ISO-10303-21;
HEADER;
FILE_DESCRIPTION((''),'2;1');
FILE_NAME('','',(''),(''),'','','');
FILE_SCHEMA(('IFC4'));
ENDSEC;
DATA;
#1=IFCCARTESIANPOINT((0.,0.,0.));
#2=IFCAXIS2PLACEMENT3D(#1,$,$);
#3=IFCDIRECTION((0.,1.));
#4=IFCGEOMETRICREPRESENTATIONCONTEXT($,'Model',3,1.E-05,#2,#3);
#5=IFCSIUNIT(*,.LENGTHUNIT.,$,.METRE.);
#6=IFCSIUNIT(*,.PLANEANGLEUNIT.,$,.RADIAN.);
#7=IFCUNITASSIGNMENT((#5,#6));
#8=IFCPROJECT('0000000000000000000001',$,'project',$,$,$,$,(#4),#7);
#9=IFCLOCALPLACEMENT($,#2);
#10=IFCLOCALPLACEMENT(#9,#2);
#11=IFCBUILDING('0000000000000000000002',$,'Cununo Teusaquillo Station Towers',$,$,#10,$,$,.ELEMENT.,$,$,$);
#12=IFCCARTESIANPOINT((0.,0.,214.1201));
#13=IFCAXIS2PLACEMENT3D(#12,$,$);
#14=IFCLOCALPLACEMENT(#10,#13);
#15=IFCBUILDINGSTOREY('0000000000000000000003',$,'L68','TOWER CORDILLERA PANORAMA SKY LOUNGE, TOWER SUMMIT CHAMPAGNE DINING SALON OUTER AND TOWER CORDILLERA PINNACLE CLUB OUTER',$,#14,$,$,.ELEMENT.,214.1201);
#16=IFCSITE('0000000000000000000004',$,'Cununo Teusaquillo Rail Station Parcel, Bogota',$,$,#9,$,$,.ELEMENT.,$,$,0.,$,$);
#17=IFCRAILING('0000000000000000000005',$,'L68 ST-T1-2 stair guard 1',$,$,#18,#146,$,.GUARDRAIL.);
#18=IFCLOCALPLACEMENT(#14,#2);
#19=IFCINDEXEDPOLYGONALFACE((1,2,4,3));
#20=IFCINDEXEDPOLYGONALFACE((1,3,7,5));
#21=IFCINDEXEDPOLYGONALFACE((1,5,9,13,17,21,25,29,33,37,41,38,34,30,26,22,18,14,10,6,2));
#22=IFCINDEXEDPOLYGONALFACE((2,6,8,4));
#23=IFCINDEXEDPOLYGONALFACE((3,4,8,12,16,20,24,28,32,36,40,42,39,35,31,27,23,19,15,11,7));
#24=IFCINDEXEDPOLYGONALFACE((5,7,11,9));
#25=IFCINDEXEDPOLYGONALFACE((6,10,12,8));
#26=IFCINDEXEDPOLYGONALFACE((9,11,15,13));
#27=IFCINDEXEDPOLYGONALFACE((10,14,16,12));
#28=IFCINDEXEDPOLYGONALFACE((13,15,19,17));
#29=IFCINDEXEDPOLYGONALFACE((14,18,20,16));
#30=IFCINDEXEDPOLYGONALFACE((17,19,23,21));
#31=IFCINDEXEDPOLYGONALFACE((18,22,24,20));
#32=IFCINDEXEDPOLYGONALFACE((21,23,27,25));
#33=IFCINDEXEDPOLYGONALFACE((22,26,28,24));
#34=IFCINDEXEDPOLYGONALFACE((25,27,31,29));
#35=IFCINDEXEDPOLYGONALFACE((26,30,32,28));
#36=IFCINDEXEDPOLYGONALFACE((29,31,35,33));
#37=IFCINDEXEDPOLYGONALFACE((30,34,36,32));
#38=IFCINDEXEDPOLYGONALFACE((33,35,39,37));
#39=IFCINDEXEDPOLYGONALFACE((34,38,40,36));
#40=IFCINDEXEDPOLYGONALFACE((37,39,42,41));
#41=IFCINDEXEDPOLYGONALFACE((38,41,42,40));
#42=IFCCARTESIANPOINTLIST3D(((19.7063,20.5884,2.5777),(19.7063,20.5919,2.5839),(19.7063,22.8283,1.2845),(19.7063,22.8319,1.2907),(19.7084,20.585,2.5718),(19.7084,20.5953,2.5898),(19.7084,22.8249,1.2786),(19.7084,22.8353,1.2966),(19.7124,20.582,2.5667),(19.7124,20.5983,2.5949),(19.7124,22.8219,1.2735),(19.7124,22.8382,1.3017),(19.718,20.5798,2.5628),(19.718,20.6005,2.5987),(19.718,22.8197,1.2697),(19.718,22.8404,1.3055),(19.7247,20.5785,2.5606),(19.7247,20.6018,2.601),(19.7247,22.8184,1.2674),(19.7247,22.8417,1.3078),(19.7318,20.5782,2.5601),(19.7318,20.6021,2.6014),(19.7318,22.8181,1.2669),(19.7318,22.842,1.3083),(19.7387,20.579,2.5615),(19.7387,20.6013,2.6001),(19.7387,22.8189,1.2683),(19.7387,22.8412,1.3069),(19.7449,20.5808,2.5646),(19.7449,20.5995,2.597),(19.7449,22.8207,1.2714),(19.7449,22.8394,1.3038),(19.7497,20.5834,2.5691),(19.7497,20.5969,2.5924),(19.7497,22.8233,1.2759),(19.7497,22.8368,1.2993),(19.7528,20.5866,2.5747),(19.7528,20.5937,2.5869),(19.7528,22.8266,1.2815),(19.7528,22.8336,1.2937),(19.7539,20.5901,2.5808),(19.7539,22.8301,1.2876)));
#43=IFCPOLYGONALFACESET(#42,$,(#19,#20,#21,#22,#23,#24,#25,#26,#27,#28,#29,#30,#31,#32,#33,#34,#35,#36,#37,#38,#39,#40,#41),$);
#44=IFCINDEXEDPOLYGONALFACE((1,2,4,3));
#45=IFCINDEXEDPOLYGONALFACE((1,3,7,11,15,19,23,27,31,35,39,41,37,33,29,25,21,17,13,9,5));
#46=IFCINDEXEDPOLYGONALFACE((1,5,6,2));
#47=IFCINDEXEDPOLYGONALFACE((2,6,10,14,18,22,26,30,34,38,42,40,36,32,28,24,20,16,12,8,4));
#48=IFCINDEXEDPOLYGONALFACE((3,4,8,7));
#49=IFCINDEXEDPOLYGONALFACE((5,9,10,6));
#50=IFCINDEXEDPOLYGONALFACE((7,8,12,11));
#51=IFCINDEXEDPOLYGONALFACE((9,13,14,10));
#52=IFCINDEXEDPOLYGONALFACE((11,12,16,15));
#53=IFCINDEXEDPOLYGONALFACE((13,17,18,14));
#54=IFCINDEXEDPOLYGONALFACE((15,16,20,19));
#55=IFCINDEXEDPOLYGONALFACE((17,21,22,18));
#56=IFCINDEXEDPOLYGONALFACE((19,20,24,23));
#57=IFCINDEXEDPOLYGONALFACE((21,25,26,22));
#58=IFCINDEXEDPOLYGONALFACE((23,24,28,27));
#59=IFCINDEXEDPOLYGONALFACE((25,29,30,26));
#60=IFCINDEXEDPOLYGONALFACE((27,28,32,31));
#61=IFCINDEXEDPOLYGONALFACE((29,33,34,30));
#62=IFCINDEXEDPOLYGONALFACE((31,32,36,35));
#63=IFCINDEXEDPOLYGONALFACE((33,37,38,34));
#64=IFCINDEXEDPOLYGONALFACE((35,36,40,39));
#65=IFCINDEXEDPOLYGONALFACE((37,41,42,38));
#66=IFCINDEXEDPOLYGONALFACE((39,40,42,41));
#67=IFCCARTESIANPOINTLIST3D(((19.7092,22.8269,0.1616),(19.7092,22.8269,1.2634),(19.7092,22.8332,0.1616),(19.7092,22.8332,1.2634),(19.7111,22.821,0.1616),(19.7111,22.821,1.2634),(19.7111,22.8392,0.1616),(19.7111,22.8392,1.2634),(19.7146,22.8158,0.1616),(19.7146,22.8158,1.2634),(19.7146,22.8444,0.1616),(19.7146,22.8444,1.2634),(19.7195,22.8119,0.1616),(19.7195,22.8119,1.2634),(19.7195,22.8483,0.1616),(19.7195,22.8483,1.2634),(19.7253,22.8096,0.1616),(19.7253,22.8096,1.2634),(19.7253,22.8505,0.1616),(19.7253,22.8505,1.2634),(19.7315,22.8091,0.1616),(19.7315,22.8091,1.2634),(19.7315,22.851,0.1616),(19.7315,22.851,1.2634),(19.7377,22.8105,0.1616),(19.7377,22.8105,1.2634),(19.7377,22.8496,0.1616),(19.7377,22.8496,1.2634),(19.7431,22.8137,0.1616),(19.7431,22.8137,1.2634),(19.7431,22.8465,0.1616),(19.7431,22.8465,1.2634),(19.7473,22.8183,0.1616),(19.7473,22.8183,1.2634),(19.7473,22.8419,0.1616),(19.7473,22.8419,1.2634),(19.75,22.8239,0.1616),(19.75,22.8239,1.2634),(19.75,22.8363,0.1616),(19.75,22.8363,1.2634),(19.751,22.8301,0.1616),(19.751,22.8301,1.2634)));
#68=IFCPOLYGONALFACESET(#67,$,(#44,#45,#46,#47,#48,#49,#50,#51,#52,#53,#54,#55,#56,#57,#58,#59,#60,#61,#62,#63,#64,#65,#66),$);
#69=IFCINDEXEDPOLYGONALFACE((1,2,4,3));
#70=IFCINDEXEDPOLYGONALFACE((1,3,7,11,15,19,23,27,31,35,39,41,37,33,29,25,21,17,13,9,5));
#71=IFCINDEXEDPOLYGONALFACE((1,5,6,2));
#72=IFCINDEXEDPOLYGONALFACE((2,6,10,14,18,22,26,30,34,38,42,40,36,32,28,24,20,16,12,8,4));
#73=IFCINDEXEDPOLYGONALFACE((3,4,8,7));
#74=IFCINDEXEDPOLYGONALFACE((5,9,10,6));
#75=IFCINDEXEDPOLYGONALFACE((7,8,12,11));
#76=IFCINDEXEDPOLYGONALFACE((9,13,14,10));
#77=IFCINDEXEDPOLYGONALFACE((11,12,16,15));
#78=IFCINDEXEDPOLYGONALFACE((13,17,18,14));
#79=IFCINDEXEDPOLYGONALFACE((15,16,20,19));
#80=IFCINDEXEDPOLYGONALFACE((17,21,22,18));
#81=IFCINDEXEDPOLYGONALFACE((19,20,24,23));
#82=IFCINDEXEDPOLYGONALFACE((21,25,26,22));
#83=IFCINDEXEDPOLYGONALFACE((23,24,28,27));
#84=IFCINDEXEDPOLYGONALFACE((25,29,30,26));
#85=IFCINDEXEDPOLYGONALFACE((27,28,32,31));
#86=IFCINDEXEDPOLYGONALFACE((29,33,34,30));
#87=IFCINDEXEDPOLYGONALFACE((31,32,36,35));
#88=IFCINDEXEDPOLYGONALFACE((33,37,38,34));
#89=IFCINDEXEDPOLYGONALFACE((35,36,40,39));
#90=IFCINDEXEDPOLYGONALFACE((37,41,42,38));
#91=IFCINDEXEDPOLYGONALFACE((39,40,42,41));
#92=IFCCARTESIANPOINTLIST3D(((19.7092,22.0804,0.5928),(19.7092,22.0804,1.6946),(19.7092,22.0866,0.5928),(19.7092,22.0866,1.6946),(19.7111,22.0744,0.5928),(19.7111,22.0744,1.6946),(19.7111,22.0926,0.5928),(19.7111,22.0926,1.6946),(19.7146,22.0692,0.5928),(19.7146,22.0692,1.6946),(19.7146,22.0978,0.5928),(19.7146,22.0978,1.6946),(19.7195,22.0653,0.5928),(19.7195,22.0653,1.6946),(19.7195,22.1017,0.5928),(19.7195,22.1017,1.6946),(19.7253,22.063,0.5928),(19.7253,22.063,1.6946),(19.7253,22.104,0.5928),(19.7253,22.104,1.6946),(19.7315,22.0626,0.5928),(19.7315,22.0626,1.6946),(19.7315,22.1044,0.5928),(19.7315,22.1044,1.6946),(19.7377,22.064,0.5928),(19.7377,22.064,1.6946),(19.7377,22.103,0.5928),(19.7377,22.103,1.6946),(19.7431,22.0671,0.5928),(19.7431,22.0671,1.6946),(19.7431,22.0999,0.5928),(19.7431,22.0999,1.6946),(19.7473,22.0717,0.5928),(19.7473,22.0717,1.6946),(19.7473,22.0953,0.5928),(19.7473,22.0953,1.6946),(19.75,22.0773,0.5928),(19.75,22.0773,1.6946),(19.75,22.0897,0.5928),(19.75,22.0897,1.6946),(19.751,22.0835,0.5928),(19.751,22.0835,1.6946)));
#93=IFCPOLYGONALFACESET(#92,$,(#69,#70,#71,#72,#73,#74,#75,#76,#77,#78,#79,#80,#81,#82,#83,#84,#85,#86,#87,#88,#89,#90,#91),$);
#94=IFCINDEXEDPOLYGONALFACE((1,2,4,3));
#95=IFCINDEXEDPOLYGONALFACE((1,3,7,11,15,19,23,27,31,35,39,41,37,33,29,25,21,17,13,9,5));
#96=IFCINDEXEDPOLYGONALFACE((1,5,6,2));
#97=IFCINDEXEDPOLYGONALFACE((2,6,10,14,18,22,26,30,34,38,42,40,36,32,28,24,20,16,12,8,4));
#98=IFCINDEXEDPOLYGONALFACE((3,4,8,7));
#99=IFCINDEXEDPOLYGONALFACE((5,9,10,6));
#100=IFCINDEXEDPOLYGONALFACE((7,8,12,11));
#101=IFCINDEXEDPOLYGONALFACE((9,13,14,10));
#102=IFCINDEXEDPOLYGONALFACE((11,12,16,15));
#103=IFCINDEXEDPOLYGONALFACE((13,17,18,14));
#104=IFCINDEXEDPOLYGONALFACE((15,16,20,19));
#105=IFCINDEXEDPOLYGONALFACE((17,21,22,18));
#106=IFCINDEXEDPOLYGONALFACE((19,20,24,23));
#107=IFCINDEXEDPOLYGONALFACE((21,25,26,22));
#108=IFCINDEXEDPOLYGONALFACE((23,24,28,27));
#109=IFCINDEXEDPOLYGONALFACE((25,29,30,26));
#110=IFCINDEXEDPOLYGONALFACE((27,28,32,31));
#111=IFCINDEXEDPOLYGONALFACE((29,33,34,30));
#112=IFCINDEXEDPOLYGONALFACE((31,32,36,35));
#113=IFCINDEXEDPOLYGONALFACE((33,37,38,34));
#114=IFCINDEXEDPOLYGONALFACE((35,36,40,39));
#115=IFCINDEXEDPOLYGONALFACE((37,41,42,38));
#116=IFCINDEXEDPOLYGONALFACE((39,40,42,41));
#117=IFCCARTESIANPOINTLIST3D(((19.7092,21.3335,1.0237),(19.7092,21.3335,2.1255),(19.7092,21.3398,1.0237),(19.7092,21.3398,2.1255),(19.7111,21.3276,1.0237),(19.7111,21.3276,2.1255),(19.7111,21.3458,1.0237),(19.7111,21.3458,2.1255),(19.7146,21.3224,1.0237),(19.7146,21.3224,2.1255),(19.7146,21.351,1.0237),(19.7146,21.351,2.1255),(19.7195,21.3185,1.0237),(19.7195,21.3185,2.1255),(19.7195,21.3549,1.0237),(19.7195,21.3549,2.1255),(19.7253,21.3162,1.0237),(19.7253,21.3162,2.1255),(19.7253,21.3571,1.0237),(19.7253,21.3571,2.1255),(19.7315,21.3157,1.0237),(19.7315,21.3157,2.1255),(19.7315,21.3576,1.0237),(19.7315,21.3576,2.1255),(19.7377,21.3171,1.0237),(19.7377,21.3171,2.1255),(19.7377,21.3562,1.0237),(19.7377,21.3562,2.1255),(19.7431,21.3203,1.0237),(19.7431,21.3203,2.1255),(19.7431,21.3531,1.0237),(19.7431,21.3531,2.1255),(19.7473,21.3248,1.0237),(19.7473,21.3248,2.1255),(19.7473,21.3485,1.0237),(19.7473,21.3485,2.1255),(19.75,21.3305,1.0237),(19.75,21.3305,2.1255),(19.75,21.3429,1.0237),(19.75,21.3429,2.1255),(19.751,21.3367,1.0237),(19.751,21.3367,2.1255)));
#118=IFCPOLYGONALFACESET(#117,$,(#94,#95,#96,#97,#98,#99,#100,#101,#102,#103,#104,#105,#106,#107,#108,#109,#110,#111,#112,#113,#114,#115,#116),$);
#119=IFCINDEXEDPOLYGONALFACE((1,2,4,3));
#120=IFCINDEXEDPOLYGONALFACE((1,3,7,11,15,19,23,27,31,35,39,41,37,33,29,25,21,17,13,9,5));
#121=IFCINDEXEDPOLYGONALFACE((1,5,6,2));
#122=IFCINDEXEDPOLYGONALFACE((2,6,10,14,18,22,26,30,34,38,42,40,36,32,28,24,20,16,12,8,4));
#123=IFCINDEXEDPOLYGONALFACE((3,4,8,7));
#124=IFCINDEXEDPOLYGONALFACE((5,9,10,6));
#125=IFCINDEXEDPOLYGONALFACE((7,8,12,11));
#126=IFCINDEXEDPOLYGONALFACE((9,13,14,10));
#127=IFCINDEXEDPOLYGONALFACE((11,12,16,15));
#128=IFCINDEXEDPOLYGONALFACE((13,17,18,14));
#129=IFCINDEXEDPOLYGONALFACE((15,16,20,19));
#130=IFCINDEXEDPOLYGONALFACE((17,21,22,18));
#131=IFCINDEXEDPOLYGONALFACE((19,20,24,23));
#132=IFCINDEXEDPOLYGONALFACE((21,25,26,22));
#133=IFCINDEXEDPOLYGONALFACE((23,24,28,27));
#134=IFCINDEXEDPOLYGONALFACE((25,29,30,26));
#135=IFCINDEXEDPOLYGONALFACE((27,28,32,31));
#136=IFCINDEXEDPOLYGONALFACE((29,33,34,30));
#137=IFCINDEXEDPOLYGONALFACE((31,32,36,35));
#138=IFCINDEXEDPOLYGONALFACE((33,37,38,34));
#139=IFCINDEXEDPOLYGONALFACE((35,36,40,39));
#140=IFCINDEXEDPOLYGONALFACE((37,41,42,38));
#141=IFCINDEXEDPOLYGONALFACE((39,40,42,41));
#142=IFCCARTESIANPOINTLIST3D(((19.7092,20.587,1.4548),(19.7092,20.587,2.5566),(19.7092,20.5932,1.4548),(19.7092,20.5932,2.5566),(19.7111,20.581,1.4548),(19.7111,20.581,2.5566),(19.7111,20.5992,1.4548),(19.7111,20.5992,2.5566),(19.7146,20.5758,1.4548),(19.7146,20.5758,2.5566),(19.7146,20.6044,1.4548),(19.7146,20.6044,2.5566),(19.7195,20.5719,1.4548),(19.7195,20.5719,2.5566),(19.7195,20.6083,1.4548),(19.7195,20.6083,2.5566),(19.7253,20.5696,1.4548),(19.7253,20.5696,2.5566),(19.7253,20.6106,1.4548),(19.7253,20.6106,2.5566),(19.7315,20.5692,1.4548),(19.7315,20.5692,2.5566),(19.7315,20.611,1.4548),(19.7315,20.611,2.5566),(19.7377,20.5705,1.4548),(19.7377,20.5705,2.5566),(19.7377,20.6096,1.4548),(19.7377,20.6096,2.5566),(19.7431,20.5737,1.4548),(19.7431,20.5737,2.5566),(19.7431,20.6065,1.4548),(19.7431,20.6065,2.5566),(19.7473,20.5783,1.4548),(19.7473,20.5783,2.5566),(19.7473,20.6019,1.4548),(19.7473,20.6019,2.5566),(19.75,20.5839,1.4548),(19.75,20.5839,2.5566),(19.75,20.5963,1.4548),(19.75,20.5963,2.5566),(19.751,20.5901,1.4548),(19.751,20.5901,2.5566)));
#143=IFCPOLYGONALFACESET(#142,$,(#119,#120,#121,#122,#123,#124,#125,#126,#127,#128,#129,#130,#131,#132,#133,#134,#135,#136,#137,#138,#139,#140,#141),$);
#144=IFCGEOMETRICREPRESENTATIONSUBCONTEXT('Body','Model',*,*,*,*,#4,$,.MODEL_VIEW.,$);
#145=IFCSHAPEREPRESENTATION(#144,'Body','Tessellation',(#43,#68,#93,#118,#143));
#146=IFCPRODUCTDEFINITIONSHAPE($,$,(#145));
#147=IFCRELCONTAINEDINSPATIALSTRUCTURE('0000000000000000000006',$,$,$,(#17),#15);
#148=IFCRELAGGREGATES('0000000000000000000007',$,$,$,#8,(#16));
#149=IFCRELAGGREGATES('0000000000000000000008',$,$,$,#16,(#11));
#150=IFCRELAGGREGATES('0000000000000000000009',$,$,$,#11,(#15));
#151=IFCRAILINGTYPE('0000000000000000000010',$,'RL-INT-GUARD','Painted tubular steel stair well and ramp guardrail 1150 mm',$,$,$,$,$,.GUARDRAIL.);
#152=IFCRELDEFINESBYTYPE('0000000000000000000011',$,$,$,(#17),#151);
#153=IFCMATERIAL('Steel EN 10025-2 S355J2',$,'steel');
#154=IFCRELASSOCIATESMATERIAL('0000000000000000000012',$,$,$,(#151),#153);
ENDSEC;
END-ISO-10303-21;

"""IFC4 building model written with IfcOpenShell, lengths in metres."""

from ifc_helpers import new_model, si_unit, direction, frame, origin, origin_2d, place, context, subcontext, project, spatial, circle, extrude, material, type_object, element, save


model = new_model("IFC4")

# Units and contexts
model_context = context("Model", 3, precision=1e-05, world=origin(), true_north=direction((0.0, 1.0)))
body_context = subcontext(model_context, "Body", "Model", "MODEL_VIEW")
ifc_project = project(units=[si_unit("LENGTHUNIT", "METRE"), si_unit("PLANEANGLEUNIT", "RADIAN")], contexts=[model_context])

# Site, building, storey
site_placement = place(None, origin())
site = spatial("IfcSite", under=ifc_project, at=site_placement, Name="Cununo Teusaquillo Rail Station Parcel, Bogota", CompositionType="ELEMENT", RefElevation=0.0)
building_placement = place(site_placement, origin())
building = spatial("IfcBuilding", under=site, at=building_placement, Name="Cununo Teusaquillo Station Towers", CompositionType="ELEMENT")
storey_placement = place(building_placement, frame((0.0, 0.0, 214.1201)))
storey = spatial("IfcBuildingStorey", under=building, at=storey_placement, Name="L68", Description="TOWER CORDILLERA PANORAMA SKY LOUNGE, TOWER SUMMIT CHAMPAGNE DINING SALON OUTER AND TOWER CORDILLERA PINNACLE CLUB OUTER", CompositionType="ELEMENT", Elevation=214.1201)

# Railing
ifc_material_1 = material(Name="Steel EN 10025-2 S355J2", Category="steel")
railing_type_1 = type_object("IfcRailingType", Name="RL-INT-GUARD", Description="Painted tubular steel stair well and ramp guardrail 1150 mm", PredefinedType="GUARDRAIL", material=ifc_material_1)
railing_1_placement = place(storey_placement, frame((19.73, 22.8301, 0.1616)))
element("IfcRailing", 1, at=railing_1_placement, inside=storey, type_object=railing_type_1, Name="L68 ST-T1-2 stair guard 1", PredefinedType="GUARDRAIL", context=body_context, shape_type="SweptSolid", body=[
    extrude(circle(Radius=0.0239, at=origin_2d()), frame((0.0, 0.0, 1.126), z_axis=(0.0, -0.866033, 0.499987), x_axis=(1.0, 0.0, 0.0)), (0.0, 0.0, 1.0), 2.5864),
    extrude(circle(Radius=0.021, at=origin_2d()), origin(), (0.0, 0.0, 1.0), 1.1018),
    extrude(circle(Radius=0.021, at=origin_2d()), frame((0.0, -0.7466, 0.4312)), (0.0, 0.0, 1.0), 1.1018),
    extrude(circle(Radius=0.021, at=origin_2d()), frame((0.0, -1.4934, 0.8621)), (0.0, 0.0, 1.0), 1.1018),
    extrude(circle(Radius=0.021, at=origin_2d()), frame((0.0, -2.24, 1.2932)), (0.0, 0.0, 1.0), 1.1018),
])

save(model, "model.ifc")
